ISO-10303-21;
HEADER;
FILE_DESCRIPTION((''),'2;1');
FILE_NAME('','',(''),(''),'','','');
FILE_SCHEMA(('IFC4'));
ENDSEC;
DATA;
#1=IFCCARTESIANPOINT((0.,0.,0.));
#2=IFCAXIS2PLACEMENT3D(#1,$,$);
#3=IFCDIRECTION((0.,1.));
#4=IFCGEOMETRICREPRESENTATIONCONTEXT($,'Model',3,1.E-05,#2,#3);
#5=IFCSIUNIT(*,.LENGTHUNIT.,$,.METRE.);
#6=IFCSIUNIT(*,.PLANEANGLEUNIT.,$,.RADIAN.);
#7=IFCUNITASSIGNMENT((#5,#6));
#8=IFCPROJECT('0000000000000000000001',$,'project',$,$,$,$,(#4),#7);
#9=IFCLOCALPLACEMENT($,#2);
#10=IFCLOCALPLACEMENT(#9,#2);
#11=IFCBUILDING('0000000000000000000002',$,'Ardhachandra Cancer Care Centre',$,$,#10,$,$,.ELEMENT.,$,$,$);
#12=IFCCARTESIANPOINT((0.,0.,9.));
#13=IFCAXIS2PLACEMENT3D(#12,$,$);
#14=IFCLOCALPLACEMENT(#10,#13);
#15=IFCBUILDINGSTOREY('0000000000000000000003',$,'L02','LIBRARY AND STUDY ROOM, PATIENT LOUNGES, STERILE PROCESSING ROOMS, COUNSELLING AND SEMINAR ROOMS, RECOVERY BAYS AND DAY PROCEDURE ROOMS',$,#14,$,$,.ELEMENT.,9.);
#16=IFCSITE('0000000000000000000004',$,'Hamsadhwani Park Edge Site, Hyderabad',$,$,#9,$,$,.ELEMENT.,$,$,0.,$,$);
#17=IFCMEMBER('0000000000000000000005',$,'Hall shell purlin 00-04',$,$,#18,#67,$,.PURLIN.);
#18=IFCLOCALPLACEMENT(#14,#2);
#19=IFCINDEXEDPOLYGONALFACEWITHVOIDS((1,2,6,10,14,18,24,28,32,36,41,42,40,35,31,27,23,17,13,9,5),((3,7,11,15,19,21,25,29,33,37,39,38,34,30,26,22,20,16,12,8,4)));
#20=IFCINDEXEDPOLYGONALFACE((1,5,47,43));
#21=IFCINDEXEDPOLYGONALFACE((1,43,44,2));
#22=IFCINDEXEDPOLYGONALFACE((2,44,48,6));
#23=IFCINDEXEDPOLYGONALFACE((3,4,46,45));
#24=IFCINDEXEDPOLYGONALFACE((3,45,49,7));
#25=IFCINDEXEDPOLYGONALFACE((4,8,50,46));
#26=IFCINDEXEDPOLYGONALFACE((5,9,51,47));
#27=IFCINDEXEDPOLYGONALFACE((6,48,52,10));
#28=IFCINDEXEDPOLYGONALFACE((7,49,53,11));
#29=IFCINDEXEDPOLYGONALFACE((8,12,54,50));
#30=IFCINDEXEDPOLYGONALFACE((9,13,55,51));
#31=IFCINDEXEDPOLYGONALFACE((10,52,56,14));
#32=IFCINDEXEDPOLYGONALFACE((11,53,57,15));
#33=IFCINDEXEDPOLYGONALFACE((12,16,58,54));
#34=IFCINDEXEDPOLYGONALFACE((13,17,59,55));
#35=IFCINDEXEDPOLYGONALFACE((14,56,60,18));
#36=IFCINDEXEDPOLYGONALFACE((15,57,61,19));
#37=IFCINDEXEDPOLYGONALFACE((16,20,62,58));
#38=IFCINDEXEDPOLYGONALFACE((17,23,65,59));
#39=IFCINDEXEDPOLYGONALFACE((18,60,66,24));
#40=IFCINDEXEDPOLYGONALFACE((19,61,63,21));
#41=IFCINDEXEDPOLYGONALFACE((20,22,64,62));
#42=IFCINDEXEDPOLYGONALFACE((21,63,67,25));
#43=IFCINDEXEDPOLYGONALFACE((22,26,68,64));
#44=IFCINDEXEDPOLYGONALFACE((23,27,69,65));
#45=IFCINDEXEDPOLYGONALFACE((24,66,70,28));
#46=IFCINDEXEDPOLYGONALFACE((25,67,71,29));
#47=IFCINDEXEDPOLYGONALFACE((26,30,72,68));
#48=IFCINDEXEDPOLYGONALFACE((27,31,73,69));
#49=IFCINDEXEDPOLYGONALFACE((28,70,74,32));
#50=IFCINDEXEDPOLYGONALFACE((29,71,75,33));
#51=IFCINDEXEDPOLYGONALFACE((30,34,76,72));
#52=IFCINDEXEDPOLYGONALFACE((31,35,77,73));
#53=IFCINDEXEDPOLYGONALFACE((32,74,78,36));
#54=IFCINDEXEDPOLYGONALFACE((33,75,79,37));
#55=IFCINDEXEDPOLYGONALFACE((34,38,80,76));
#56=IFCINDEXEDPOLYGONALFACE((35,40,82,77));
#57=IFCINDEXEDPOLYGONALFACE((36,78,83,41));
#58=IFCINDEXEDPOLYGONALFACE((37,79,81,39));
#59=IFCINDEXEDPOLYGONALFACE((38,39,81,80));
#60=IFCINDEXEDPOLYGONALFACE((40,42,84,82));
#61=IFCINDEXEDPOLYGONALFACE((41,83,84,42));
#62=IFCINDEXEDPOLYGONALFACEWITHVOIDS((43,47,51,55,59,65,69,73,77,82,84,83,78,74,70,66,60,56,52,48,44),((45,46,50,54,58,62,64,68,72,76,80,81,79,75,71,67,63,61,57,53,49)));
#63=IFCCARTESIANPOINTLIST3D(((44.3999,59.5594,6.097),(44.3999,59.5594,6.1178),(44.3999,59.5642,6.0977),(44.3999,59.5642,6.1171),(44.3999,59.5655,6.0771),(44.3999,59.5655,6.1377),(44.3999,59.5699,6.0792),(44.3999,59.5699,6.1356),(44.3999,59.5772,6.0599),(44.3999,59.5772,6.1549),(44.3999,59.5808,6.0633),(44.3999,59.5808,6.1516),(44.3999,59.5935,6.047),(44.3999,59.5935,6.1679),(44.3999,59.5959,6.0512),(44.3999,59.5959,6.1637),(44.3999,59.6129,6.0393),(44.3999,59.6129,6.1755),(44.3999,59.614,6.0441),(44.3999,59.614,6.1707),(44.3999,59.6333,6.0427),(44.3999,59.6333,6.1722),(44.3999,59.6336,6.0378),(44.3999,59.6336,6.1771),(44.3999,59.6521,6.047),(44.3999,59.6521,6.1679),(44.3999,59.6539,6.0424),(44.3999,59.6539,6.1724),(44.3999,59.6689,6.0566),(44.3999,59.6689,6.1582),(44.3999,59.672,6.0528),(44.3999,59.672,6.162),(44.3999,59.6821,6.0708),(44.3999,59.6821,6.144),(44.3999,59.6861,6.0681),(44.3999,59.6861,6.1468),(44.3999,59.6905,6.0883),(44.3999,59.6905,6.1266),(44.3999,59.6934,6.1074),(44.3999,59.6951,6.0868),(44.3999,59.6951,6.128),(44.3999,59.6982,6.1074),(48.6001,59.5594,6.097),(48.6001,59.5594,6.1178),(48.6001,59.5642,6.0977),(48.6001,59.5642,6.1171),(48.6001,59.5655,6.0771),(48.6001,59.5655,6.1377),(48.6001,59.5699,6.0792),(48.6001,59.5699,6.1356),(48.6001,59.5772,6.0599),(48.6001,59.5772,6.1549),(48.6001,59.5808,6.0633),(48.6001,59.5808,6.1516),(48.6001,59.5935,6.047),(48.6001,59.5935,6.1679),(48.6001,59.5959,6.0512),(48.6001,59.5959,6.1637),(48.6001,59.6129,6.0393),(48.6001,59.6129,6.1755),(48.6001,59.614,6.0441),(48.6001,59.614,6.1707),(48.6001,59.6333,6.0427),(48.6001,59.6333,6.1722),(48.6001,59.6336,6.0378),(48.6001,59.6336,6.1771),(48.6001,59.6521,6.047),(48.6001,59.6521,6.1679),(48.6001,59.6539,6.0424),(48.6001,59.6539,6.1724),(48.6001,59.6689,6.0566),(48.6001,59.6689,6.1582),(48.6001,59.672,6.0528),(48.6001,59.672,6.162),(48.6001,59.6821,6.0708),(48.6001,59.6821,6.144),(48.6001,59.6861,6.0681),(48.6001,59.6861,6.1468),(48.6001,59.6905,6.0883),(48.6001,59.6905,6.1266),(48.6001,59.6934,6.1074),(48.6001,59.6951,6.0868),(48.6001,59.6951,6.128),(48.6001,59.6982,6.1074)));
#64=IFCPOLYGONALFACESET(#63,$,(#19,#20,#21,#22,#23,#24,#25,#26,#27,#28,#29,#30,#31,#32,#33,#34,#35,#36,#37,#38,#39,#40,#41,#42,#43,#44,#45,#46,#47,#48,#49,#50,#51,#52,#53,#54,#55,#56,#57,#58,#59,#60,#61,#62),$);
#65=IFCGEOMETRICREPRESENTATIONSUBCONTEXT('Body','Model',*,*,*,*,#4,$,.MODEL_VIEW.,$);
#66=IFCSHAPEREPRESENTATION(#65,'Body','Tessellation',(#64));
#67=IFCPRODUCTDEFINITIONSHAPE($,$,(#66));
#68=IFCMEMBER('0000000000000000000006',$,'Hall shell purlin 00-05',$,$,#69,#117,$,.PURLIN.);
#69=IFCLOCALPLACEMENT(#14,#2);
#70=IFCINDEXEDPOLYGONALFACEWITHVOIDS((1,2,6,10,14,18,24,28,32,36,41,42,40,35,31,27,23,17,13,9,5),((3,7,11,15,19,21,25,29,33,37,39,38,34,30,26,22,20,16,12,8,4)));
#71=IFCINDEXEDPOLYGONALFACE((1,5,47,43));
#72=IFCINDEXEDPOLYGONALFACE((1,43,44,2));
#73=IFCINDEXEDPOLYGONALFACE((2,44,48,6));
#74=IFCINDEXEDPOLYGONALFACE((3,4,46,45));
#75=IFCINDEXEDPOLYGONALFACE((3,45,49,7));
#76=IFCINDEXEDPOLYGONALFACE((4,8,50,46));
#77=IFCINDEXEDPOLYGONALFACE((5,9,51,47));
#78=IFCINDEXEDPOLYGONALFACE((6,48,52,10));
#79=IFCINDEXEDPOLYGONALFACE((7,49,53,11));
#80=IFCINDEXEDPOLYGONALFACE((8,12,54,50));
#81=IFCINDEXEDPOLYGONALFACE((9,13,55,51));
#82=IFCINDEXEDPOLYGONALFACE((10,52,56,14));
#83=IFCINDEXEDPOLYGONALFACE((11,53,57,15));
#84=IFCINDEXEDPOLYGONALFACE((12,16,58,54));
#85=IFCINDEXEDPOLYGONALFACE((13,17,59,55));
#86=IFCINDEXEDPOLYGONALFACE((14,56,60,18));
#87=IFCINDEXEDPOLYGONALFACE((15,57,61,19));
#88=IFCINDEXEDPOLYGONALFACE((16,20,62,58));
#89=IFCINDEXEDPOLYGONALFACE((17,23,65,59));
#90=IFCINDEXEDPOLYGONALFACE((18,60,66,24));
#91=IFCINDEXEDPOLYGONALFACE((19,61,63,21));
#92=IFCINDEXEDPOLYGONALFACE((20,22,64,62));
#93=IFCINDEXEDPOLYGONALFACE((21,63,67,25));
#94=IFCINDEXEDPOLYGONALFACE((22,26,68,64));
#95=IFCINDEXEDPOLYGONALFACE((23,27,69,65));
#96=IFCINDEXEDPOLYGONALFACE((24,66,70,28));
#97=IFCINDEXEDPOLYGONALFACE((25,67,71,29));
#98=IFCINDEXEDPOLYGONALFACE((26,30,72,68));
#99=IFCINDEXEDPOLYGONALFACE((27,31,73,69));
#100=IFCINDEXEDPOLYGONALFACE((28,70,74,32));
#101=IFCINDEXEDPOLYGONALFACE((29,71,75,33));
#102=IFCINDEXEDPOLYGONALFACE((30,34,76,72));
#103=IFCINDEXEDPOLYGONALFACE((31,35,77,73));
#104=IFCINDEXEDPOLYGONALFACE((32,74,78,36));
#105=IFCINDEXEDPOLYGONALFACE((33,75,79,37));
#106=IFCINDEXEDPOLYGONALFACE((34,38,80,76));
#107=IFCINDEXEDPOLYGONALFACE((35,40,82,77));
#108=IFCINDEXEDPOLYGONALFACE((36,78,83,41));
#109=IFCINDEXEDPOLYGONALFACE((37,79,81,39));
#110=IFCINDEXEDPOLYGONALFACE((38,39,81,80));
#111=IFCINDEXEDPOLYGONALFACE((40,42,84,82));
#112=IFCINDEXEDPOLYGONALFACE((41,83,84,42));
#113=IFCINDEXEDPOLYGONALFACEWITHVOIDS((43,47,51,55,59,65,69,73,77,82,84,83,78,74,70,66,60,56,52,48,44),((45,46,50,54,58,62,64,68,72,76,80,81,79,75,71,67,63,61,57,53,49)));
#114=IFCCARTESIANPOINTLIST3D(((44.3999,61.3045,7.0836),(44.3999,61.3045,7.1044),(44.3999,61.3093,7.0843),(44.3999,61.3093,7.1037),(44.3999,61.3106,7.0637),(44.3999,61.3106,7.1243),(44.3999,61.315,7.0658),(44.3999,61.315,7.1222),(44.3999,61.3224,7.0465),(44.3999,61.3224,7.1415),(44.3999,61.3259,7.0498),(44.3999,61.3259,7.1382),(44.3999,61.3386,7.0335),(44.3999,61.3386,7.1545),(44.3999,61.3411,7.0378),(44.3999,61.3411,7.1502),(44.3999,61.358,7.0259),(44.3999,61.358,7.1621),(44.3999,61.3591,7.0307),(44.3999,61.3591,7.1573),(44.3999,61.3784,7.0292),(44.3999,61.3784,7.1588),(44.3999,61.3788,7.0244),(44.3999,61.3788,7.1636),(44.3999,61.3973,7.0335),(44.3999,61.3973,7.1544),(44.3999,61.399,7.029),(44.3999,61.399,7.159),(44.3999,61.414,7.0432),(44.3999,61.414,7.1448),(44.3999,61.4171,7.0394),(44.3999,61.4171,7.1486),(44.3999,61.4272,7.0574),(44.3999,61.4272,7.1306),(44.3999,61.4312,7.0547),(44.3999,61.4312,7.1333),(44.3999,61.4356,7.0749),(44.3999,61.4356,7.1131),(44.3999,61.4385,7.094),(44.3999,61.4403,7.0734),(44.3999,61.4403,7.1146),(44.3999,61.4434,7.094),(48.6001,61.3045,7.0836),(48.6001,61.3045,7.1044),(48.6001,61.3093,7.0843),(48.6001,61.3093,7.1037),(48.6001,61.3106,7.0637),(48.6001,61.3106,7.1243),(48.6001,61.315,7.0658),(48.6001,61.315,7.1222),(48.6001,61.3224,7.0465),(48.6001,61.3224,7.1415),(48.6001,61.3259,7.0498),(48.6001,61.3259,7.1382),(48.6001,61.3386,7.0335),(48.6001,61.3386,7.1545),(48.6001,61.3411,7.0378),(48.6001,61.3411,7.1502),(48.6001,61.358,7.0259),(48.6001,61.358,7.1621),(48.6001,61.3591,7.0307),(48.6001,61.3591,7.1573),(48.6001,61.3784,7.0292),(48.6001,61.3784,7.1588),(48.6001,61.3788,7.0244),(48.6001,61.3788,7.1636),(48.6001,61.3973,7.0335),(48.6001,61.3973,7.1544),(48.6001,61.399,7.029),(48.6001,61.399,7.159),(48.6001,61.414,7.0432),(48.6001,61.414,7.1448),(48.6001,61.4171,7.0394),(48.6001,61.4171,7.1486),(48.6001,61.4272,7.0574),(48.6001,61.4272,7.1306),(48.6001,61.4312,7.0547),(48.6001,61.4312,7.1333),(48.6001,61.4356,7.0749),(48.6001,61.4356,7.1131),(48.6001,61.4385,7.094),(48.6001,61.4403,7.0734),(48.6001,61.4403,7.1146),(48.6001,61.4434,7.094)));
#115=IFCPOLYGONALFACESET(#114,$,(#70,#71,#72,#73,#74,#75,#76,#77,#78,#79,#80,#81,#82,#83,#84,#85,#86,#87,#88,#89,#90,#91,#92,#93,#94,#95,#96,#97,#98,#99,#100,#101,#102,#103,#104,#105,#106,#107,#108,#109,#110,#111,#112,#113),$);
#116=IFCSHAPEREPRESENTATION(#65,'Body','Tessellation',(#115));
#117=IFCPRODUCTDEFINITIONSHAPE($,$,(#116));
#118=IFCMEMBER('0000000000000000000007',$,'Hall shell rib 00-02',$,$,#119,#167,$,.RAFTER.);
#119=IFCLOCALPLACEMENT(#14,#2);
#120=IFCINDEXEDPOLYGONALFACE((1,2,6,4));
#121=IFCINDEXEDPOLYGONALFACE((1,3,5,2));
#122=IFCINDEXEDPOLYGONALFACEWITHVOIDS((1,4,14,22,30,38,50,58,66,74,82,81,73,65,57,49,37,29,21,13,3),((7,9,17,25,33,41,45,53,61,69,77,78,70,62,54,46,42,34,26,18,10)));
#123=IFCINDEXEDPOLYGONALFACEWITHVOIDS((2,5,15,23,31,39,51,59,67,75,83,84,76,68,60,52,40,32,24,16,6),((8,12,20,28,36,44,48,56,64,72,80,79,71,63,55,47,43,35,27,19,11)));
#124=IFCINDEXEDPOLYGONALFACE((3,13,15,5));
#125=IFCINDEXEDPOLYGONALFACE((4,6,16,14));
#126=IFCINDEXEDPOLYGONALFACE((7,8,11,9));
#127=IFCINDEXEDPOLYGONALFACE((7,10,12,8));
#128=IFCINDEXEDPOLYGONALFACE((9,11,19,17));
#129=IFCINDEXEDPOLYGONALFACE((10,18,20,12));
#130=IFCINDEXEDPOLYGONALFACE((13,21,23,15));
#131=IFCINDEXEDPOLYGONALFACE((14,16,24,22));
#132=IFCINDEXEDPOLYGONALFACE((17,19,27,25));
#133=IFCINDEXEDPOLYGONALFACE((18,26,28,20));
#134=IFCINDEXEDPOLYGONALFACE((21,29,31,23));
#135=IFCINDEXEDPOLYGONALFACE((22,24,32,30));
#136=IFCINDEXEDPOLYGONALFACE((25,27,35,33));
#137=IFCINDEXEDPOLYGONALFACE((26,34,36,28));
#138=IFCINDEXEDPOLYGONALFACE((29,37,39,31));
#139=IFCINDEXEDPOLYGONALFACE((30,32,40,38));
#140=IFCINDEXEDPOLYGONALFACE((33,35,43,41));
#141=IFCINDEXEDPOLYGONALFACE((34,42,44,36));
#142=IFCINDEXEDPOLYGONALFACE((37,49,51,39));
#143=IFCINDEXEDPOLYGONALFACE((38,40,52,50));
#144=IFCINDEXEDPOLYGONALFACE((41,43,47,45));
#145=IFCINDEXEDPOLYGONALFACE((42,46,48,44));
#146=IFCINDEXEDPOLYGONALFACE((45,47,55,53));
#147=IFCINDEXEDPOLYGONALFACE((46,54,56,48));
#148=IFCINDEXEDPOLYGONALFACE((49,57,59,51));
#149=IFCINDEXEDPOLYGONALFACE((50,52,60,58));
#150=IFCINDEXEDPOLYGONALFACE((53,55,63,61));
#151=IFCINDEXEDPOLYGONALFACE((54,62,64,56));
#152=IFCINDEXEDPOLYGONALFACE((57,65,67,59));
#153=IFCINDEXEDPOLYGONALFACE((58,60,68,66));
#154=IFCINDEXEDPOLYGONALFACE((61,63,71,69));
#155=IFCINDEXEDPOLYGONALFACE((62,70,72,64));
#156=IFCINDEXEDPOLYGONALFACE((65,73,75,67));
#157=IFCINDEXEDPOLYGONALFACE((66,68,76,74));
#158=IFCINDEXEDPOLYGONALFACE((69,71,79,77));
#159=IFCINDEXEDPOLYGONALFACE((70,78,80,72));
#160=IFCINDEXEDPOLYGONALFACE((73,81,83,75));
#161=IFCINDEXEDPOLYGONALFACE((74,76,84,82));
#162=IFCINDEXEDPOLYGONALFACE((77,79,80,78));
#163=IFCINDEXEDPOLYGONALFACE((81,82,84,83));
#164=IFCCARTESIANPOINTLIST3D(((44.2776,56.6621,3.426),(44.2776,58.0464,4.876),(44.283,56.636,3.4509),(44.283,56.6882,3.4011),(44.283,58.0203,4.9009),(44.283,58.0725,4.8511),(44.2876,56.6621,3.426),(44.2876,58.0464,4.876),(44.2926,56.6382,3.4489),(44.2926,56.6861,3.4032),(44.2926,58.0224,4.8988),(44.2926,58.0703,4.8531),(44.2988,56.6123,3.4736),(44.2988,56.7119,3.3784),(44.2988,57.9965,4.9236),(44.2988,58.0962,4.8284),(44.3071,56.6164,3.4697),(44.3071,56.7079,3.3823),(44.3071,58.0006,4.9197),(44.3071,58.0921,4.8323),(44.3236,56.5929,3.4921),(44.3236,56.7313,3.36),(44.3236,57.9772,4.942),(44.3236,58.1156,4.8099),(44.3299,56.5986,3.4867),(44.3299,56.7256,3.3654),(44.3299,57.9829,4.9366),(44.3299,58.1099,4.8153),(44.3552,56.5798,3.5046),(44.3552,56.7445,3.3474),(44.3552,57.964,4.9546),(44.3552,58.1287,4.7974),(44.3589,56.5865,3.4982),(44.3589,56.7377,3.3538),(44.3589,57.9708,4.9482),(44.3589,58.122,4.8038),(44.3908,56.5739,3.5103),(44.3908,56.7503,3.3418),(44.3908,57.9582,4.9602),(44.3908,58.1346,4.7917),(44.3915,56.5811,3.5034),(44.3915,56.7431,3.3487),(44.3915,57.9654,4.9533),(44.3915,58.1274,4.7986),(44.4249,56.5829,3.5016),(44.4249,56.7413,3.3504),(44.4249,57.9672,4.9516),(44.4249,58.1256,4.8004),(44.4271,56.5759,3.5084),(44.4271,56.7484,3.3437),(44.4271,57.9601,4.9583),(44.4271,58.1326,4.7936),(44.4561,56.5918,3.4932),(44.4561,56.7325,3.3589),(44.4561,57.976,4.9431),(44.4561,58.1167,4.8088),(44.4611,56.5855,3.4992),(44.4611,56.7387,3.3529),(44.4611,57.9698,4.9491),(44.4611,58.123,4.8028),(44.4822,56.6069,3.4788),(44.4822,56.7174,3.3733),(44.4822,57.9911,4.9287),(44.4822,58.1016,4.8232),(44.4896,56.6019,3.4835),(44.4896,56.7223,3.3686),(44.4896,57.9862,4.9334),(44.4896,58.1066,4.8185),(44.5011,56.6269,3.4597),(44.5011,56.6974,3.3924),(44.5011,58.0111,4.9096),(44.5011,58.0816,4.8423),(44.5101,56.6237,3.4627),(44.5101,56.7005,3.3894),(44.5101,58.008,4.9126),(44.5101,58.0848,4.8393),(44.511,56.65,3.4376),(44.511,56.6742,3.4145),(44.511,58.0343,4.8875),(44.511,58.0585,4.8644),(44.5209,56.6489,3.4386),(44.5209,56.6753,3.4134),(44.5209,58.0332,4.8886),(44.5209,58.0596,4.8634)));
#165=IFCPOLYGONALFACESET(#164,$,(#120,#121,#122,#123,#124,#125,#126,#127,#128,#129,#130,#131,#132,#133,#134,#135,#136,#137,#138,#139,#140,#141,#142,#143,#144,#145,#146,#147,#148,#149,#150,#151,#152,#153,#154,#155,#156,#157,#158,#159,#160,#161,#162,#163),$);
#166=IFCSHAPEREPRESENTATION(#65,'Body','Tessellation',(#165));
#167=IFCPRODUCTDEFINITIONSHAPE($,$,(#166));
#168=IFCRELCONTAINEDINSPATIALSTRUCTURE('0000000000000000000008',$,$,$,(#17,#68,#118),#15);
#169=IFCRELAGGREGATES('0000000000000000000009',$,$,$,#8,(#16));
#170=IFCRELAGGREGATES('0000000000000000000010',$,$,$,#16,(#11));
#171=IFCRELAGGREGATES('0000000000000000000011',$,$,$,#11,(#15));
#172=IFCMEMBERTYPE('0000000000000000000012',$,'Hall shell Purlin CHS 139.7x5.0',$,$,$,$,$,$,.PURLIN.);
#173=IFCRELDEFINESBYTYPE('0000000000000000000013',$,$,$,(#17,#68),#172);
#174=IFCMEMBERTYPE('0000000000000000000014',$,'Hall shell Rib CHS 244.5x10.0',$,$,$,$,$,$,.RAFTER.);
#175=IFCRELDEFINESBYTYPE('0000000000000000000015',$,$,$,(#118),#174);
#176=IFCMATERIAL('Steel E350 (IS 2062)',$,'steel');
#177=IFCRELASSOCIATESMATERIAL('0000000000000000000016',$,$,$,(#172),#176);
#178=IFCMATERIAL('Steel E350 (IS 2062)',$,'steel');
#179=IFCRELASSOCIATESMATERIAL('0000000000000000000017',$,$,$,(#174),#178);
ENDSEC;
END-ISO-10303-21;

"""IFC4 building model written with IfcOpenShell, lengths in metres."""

from ifc_helpers import new_model, si_unit, direction, frame, origin, origin_2d, place, context, subcontext, project, spatial, hollow_circle, extrude, material, material_profile, profile_set, type_object, element, save


model = new_model("IFC4")

# Units and contexts
model_context = context("Model", 3, precision=1e-05, world=origin(), true_north=direction((0.0, 1.0)))
body_context = subcontext(model_context, "Body", "Model", "MODEL_VIEW")
ifc_project = project(units=[si_unit("LENGTHUNIT", "METRE"), si_unit("PLANEANGLEUNIT", "RADIAN")], contexts=[model_context])

# Site, building, storey
site_placement = place(None, origin())
site = spatial("IfcSite", under=ifc_project, at=site_placement, Name="Hamsadhwani Park Edge Site, Hyderabad", CompositionType="ELEMENT", RefElevation=0.0)
building_placement = place(site_placement, origin())
building = spatial("IfcBuilding", under=site, at=building_placement, Name="Ardhachandra Cancer Care Centre", CompositionType="ELEMENT")
storey_placement = place(building_placement, frame((0.0, 0.0, 9.0)))
storey = spatial("IfcBuildingStorey", under=building, at=storey_placement, Name="L02", Description="LIBRARY AND STUDY ROOM, PATIENT LOUNGES, STERILE PROCESSING ROOMS, COUNSELLING AND SEMINAR ROOMS, RECOVERY BAYS AND DAY PROCEDURE ROOMS", CompositionType="ELEMENT", Elevation=9.0)

# Members
ifc_material_1 = material(Name="Steel E350 (IS 2062)", Category="steel")
ifc_material_profile_1 = material_profile(ifc_material_1, hollow_circle(Radius=0.0698, WallThickness=0.0049, at=origin_2d()), Name="CHS 139.7x5.0")
ifc_profile_set_1 = profile_set([ifc_material_profile_1], Name="Steel E350 (IS 2062)")
member_type_1 = type_object("IfcMemberType", Name="Hall shell Purlin CHS 139.7x5.0", PredefinedType="PURLIN", material=ifc_profile_set_1)
for number, where, z_axis, x_axis, name in (
    (1, (44.3999, 59.6284, 6.1074), (1.0, 0.0, 0.0), (0.0, 1.0, 0.0), "Hall shell purlin 00-04"),
    (2, (44.3999, 61.3735, 7.094), (1.0, 0.0, 0.0), (0.0, 1.0, 0.0), "Hall shell purlin 00-05"),
):
    element("IfcMember", number, at=place(storey_placement, frame(where, z_axis=z_axis, x_axis=x_axis)), inside=storey, type_object=member_type_1, Name=name, PredefinedType="PURLIN", context=body_context, shape_type="SweptSolid", body=[
        extrude(hollow_circle(Radius=0.0698, WallThickness=0.0049, at=origin_2d()), origin(), (0.0, 0.0, 1.0), 4.2002),
    ])
ifc_material_2 = material(Name="Steel E350 (IS 2062)", Category="steel")
ifc_material_profile_2 = material_profile(ifc_material_2, hollow_circle(Radius=0.1223, WallThickness=0.01, at=origin_2d()), Name="CHS 244.5x10.0")
ifc_profile_set_2 = profile_set([ifc_material_profile_2], Name="Steel E350 (IS 2062)")
member_type_2 = type_object("IfcMemberType", Name="Hall shell Rib CHS 244.5x10.0", PredefinedType="RAFTER", material=ifc_profile_set_2)
member_1_placement = place(storey_placement, frame((44.3999, 56.6621, 3.426), z_axis=(0.0, 0.690537, 0.723297), x_axis=(-1.0, 0.0, 0.0)))
element("IfcMember", 3, at=member_1_placement, inside=storey, type_object=member_type_2, Name="Hall shell rib 00-02", PredefinedType="RAFTER", context=body_context, shape_type="SweptSolid", body=[
    extrude(hollow_circle(Radius=0.1223, WallThickness=0.01, at=origin_2d()), origin(), (0.0, 0.0, 1.0), 2.0046),
])

save(model, "model.ifc")
